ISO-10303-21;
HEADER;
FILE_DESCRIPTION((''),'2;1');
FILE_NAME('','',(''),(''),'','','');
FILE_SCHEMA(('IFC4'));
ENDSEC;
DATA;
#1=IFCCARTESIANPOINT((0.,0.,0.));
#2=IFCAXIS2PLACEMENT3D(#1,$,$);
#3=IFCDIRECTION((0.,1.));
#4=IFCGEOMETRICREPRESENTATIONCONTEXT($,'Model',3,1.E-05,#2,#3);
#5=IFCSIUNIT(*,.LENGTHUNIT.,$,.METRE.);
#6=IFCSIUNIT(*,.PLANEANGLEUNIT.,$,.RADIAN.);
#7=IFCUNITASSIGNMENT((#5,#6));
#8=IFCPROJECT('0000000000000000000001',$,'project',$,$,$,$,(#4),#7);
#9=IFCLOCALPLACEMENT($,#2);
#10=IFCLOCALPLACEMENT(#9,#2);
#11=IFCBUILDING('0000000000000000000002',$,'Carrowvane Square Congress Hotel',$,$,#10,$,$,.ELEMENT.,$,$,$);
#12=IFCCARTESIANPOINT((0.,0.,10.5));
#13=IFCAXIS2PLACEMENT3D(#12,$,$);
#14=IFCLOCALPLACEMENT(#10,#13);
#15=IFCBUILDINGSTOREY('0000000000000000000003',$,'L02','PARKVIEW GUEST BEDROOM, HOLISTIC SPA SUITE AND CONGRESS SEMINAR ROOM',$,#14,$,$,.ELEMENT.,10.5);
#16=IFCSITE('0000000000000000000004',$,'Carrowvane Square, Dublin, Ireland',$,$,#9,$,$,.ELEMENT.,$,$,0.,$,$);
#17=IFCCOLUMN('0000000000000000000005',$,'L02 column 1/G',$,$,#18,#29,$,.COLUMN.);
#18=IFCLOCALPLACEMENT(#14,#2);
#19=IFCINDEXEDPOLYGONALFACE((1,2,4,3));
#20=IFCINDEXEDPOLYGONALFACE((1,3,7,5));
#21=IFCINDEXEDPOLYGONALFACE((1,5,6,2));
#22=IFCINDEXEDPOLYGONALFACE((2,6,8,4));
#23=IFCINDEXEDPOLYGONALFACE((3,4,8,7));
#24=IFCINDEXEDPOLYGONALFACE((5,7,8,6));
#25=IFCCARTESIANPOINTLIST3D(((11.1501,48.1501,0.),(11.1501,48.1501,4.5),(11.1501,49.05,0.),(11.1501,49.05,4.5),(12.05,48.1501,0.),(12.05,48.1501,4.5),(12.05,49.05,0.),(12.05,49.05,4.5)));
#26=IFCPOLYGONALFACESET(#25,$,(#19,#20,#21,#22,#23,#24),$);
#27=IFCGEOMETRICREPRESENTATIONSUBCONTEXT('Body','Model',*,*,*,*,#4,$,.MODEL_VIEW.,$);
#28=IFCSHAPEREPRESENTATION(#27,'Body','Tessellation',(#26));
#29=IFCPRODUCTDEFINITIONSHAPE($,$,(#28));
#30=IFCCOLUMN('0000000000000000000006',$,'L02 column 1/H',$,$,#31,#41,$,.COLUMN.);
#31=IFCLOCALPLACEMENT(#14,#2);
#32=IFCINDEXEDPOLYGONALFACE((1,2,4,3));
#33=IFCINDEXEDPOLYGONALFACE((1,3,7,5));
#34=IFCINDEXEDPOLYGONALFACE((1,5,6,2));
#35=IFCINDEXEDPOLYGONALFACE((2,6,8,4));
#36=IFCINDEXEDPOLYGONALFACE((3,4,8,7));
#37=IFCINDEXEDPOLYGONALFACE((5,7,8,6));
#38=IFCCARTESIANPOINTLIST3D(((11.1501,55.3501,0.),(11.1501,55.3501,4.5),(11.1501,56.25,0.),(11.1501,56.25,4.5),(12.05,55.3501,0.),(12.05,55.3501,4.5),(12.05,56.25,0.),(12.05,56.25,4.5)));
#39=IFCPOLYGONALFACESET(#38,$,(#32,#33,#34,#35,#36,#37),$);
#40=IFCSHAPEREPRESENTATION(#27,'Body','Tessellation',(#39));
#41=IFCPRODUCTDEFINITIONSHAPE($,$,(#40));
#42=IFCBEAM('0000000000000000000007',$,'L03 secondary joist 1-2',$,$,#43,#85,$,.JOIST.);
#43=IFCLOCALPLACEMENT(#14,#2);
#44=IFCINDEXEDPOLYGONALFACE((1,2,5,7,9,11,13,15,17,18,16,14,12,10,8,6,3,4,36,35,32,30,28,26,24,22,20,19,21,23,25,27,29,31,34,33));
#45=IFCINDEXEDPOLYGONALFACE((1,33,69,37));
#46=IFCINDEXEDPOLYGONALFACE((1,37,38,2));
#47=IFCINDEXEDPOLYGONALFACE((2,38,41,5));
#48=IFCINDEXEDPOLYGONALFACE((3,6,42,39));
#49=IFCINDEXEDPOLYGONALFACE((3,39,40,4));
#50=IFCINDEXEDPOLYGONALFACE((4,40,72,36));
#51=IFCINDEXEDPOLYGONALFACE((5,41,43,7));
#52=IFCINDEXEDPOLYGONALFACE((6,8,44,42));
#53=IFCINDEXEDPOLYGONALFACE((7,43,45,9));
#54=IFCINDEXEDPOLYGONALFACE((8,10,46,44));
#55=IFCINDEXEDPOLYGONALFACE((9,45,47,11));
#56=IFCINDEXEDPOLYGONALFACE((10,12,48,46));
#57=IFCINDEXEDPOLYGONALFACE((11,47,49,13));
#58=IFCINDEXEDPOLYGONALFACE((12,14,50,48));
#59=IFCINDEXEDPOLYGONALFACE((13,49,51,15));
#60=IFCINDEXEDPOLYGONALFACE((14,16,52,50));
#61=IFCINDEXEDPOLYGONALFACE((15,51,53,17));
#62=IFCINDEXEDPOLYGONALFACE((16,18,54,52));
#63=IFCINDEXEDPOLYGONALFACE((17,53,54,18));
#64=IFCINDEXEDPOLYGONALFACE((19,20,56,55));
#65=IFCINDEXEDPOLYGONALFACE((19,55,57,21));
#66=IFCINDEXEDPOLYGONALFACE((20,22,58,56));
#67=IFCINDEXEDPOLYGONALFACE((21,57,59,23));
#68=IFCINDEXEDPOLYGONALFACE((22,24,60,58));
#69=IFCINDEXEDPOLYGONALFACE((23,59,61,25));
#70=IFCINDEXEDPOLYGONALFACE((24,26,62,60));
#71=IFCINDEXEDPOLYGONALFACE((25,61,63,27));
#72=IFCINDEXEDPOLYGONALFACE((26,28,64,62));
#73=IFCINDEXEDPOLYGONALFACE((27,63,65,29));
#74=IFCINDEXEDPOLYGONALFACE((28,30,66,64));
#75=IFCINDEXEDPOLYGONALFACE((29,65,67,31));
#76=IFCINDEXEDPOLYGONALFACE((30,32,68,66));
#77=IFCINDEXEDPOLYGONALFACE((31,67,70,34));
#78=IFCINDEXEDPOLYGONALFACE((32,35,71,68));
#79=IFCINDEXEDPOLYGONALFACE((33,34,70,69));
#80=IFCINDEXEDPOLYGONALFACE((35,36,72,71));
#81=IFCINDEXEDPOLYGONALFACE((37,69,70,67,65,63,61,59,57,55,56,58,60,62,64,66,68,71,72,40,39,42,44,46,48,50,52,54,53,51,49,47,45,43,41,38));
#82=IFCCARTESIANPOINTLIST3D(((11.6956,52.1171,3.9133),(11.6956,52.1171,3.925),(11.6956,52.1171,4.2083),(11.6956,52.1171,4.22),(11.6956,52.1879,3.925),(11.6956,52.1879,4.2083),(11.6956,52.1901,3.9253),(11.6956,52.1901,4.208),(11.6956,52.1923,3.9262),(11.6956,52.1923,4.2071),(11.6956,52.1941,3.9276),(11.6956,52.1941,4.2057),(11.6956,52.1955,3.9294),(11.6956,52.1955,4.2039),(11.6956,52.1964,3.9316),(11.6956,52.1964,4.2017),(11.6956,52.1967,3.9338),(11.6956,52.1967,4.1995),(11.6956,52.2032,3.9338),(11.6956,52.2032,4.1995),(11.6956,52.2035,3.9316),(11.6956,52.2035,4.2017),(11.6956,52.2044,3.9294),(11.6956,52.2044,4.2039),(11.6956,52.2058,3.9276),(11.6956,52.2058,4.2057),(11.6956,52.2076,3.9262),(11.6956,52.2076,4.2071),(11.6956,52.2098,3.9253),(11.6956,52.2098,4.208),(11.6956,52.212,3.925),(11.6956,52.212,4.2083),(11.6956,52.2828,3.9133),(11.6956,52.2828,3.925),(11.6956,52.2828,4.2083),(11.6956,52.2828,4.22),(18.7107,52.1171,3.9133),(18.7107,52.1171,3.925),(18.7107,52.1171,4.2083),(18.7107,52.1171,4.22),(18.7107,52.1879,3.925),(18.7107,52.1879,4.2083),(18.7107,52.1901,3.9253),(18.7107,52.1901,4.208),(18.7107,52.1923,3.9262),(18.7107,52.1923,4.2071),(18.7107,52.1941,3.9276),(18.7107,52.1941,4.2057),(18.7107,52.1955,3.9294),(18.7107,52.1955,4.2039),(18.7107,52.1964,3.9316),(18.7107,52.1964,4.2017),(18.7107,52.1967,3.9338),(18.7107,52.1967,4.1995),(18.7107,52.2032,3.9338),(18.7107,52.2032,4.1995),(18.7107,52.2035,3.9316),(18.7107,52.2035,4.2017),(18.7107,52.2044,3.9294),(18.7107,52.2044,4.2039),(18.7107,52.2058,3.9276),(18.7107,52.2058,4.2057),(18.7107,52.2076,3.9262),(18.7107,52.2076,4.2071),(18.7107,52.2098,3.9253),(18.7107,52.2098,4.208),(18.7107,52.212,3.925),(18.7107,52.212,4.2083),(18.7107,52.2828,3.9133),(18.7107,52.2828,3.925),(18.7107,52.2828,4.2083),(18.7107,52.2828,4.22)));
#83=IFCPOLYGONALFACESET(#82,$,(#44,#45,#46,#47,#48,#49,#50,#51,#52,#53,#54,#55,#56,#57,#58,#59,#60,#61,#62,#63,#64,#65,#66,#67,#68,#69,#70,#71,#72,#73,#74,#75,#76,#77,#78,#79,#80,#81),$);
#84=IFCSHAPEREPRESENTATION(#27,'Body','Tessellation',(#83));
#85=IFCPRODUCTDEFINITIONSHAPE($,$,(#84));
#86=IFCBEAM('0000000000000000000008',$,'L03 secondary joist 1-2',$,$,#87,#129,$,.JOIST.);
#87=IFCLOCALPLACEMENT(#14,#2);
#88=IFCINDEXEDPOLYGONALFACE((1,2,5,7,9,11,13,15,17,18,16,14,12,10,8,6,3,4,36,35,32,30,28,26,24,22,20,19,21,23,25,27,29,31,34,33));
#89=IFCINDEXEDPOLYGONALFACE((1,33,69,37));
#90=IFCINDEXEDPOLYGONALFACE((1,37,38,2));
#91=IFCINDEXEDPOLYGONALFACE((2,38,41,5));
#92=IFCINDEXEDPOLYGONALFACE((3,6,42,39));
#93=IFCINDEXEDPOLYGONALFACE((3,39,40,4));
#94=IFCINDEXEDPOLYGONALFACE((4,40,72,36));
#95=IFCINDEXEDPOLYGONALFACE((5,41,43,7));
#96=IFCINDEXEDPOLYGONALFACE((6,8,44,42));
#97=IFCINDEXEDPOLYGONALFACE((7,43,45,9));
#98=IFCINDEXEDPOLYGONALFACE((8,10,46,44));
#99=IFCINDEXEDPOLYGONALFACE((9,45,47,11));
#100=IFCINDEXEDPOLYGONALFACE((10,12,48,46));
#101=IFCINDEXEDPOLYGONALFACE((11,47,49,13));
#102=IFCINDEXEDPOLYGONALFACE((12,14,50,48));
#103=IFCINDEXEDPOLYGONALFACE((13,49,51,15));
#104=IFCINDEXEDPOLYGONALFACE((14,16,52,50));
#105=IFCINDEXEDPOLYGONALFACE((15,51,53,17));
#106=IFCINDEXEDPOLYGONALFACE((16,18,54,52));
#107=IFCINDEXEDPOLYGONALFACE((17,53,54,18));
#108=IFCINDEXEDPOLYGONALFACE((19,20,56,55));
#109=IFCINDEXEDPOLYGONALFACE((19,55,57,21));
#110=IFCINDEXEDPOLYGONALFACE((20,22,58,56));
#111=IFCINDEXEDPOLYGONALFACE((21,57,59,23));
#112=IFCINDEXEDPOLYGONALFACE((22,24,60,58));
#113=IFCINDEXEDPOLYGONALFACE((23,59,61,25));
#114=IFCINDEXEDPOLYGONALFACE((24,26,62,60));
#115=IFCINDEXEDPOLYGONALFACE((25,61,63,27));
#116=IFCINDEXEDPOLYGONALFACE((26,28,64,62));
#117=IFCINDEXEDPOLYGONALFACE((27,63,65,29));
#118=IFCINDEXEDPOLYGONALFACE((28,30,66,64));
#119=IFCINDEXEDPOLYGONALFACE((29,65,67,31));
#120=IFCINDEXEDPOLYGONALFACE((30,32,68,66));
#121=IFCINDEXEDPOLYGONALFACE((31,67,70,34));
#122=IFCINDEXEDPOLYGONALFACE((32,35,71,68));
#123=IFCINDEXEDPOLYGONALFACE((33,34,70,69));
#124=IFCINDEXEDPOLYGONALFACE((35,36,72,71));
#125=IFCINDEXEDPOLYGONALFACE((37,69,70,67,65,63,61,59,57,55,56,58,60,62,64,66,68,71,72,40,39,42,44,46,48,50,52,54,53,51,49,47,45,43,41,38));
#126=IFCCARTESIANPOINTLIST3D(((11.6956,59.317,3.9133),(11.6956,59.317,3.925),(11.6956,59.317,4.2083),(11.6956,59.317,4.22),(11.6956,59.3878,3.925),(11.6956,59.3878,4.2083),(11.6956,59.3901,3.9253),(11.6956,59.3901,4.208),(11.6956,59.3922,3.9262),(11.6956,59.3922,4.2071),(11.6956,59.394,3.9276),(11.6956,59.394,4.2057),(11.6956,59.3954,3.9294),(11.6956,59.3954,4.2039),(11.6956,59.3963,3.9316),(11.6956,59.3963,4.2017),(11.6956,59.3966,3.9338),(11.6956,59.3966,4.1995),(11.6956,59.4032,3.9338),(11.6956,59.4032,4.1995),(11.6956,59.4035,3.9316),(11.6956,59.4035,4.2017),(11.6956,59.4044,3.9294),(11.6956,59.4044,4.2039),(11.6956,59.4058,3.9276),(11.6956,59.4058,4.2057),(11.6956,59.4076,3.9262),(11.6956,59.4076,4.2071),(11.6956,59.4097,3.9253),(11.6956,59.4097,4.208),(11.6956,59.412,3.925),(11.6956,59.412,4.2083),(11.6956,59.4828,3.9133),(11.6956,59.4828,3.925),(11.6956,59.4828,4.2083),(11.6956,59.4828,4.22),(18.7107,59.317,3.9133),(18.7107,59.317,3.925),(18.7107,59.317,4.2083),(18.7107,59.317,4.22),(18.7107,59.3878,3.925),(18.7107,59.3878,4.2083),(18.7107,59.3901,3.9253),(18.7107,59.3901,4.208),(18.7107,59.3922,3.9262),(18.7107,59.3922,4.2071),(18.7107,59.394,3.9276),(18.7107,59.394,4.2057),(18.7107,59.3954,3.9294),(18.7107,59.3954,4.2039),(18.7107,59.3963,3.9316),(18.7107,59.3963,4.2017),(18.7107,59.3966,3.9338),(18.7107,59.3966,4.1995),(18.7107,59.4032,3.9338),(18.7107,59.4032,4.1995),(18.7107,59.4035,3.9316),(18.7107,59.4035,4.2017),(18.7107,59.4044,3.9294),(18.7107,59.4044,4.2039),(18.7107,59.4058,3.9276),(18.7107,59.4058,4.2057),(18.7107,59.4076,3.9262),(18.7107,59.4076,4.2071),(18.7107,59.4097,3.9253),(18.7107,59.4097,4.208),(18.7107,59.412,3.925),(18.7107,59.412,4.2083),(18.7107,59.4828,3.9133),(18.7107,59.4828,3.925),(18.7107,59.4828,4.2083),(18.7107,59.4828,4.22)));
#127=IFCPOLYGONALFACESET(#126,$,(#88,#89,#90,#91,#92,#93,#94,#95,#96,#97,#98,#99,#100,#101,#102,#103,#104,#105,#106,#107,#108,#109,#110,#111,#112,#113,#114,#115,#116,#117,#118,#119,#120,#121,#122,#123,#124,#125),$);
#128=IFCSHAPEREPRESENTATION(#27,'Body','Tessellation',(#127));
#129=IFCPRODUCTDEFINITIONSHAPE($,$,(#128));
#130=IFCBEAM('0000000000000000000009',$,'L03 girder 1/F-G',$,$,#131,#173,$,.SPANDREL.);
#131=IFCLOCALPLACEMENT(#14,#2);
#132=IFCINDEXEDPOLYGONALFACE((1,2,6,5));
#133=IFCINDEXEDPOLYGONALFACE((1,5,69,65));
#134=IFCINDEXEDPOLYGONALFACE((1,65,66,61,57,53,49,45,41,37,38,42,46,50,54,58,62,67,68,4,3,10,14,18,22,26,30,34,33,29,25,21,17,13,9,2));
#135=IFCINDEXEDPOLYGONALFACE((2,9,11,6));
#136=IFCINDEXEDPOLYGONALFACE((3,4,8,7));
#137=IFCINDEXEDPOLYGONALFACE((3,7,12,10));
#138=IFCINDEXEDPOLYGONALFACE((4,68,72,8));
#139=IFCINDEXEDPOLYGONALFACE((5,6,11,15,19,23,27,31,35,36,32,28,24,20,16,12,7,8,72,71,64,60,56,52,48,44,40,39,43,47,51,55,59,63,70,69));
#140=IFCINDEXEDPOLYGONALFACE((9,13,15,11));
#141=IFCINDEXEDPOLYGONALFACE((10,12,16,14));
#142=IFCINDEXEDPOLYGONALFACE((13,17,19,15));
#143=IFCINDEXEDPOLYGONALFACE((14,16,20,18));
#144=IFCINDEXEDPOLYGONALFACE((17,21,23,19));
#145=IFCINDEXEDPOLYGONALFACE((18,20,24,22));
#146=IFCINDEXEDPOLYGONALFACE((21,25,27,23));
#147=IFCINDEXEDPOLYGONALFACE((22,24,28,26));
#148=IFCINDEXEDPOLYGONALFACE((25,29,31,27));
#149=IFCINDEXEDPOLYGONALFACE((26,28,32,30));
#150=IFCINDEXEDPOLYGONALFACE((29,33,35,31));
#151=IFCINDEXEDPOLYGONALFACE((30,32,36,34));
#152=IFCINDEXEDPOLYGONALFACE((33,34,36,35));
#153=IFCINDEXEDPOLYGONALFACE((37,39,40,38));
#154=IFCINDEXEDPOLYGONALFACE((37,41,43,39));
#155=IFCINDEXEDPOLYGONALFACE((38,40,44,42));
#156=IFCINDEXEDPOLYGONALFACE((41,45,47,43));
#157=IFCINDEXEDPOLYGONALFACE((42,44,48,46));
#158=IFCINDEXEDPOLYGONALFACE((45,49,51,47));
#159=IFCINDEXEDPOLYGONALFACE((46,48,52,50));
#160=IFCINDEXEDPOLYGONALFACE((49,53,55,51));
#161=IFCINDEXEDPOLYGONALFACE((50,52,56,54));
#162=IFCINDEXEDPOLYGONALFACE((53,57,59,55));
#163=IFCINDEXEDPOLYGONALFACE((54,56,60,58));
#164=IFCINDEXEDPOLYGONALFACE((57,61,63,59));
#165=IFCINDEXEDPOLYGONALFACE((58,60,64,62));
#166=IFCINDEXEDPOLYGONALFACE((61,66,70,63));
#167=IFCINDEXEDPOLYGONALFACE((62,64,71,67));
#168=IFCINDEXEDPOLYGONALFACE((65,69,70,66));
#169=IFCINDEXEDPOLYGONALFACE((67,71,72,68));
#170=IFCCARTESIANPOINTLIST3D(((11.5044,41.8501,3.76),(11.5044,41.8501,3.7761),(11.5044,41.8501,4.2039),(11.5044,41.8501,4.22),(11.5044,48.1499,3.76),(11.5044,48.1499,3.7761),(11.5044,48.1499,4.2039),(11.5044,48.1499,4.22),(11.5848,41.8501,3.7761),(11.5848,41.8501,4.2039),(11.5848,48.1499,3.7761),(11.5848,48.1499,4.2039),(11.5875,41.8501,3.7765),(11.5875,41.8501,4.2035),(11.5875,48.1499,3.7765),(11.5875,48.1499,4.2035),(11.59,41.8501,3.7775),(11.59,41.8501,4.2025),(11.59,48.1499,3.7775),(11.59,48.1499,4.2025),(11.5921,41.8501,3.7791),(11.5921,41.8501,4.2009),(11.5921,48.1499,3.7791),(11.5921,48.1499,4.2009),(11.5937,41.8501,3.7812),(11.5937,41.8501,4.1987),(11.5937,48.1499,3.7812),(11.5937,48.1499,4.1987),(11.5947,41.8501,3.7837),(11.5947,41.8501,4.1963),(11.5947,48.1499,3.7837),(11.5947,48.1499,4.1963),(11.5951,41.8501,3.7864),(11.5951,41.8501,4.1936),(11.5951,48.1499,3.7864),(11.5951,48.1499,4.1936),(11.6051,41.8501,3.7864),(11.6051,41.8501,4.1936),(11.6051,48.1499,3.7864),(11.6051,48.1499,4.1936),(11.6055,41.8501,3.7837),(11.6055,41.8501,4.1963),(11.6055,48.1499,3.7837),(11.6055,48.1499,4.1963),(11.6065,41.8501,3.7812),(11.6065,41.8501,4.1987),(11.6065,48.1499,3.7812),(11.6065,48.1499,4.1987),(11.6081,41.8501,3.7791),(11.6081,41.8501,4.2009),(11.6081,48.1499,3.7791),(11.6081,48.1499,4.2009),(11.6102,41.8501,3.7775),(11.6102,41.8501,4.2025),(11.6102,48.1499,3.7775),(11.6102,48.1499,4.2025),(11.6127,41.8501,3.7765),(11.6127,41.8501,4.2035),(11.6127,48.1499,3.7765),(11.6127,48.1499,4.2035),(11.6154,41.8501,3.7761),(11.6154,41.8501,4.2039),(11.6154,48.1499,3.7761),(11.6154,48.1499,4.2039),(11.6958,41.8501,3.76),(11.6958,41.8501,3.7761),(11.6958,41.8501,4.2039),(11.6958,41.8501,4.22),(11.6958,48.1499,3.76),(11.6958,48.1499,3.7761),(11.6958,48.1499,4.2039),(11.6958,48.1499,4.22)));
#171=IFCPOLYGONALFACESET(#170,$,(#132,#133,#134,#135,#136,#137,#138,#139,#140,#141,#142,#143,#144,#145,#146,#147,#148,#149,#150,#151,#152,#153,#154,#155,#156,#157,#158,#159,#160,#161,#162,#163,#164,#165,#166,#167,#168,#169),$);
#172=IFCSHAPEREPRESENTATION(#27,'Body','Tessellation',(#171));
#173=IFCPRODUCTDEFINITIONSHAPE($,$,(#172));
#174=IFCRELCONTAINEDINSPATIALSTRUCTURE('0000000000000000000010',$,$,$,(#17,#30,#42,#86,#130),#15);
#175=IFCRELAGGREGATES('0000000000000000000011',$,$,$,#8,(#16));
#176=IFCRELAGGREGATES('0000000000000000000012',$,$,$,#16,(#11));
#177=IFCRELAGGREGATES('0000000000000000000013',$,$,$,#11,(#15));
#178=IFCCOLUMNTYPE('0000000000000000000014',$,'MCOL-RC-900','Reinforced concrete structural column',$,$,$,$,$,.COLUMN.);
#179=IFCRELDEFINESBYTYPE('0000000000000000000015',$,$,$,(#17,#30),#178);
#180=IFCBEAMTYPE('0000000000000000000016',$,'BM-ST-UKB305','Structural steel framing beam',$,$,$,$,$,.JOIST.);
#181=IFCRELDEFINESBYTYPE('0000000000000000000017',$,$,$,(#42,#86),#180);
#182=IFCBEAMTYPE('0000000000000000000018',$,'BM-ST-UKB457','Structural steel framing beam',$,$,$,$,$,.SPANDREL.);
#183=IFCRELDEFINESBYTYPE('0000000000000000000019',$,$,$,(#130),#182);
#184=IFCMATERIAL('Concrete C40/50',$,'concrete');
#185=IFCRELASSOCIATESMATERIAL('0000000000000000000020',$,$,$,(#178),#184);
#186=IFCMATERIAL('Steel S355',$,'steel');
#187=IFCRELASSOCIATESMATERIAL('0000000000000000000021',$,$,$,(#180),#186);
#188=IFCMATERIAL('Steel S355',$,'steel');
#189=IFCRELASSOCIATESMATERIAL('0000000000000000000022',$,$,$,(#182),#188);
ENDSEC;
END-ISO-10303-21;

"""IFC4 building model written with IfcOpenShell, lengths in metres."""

from ifc_helpers import new_model, si_unit, direction, frame, origin, origin_2d, place, context, subcontext, project, spatial, rectangle, i_section, extrude, material, material_profile, profile_set, type_object, element, save


model = new_model("IFC4")

# Units and contexts
model_context = context("Model", 3, precision=1e-05, world=origin(), true_north=direction((0.0, 1.0)))
body_context = subcontext(model_context, "Body", "Model", "MODEL_VIEW")
ifc_project = project(units=[si_unit("LENGTHUNIT", "METRE"), si_unit("PLANEANGLEUNIT", "RADIAN")], contexts=[model_context])

# Site, building, storey
site_placement = place(None, origin())
site = spatial("IfcSite", under=ifc_project, at=site_placement, Name="Carrowvane Square, Dublin, Ireland", CompositionType="ELEMENT", RefElevation=0.0)
building_placement = place(site_placement, origin())
building = spatial("IfcBuilding", under=site, at=building_placement, Name="Carrowvane Square Congress Hotel", CompositionType="ELEMENT")
storey_placement = place(building_placement, frame((0.0, 0.0, 10.5)))
storey = spatial("IfcBuildingStorey", under=building, at=storey_placement, Name="L02", Description="PARKVIEW GUEST BEDROOM, HOLISTIC SPA SUITE AND CONGRESS SEMINAR ROOM", CompositionType="ELEMENT", Elevation=10.5)

# Columns
ifc_material_1 = material(Name="Concrete C40/50", Category="concrete")
ifc_material_profile_1 = material_profile(ifc_material_1, rectangle(XDim=0.8999, YDim=0.8999, at=origin_2d()), Name="RC 900x900")
ifc_profile_set_1 = profile_set([ifc_material_profile_1], Name="Concrete C40/50")
column_type = type_object("IfcColumnType", Name="MCOL-RC-900", Description="Reinforced concrete structural column", PredefinedType="COLUMN", material=ifc_profile_set_1)
for number, where, z_axis, x_axis, name in (
    (1, (11.6001, 48.6001, 0.0), (0.0, 0.0, 1.0), (1.0, 0.0, 0.0), "L02 column 1/G"),
    (2, (11.6001, 55.8, 0.0), (0.0, 0.0, 1.0), (1.0, 0.0, 0.0), "L02 column 1/H"),
):
    element("IfcColumn", number, at=place(storey_placement, frame(where, z_axis=z_axis, x_axis=x_axis)), inside=storey, type_object=column_type, Name=name, PredefinedType="COLUMN", context=body_context, shape_type="SweptSolid", body=[
        extrude(rectangle(XDim=0.8999, YDim=0.8999, at=origin_2d()), origin(), (0.0, 0.0, 1.0), 4.5),
    ])

# Beams
ifc_material_2 = material(Name="Steel S355", Category="steel")
ifc_material_profile_2 = material_profile(ifc_material_2, i_section(OverallWidth=0.1658, OverallDepth=0.3066, WebThickness=0.0066, FlangeThickness=0.0117, FilletRadius=0.0088, at=origin_2d()), Name="UKB 305x165x46")
ifc_profile_set_2 = profile_set([ifc_material_profile_2], Name="Steel S355")
beam_type_1 = type_object("IfcBeamType", Name="BM-ST-UKB305", Description="Structural steel framing beam", PredefinedType="JOIST", material=ifc_profile_set_2)
for number, where, z_axis, x_axis, name in (
    (3, (11.6956, 52.2, 4.0667), (1.0, 0.0, 0.0), (0.0, 1.0, 0.0), "L03 secondary joist 1-2"),
    (4, (11.6956, 59.3999, 4.0667), (1.0, 0.0, 0.0), (0.0, 1.0, 0.0), "L03 secondary joist 1-2"),
):
    element("IfcBeam", number, at=place(storey_placement, frame(where, z_axis=z_axis, x_axis=x_axis)), inside=storey, type_object=beam_type_1, Name=name, PredefinedType="JOIST", context=body_context, shape_type="SweptSolid", body=[
        extrude(i_section(OverallWidth=0.1658, OverallDepth=0.3066, WebThickness=0.0066, FlangeThickness=0.0117, FilletRadius=0.0088, at=origin_2d()), origin(), (0.0, 0.0, 1.0), 7.0151),
    ])
ifc_material_3 = material(Name="Steel S355", Category="steel")
ifc_material_profile_3 = material_profile(ifc_material_3, i_section(OverallWidth=0.1914, OverallDepth=0.46, WebThickness=0.01, FlangeThickness=0.0161, FilletRadius=0.0103, at=origin_2d()), Name="UKB 457x191x82")
ifc_profile_set_3 = profile_set([ifc_material_profile_3], Name="Steel S355")
beam_type_2 = type_object("IfcBeamType", Name="BM-ST-UKB457", Description="Structural steel framing beam", PredefinedType="SPANDREL", material=ifc_profile_set_3)
beam_1_placement = place(storey_placement, frame((11.6001, 41.8501, 3.99), z_axis=(0.0, 1.0, 0.0), x_axis=(-1.0, 0.0, 0.0)))
element("IfcBeam", 5, at=beam_1_placement, inside=storey, type_object=beam_type_2, Name="L03 girder 1/F-G", PredefinedType="SPANDREL", context=body_context, shape_type="SweptSolid", body=[
    extrude(i_section(OverallWidth=0.1914, OverallDepth=0.46, WebThickness=0.01, FlangeThickness=0.0161, FilletRadius=0.0103, at=origin_2d()), origin(), (0.0, 0.0, 1.0), 6.2998),
])

save(model, "model.ifc")
